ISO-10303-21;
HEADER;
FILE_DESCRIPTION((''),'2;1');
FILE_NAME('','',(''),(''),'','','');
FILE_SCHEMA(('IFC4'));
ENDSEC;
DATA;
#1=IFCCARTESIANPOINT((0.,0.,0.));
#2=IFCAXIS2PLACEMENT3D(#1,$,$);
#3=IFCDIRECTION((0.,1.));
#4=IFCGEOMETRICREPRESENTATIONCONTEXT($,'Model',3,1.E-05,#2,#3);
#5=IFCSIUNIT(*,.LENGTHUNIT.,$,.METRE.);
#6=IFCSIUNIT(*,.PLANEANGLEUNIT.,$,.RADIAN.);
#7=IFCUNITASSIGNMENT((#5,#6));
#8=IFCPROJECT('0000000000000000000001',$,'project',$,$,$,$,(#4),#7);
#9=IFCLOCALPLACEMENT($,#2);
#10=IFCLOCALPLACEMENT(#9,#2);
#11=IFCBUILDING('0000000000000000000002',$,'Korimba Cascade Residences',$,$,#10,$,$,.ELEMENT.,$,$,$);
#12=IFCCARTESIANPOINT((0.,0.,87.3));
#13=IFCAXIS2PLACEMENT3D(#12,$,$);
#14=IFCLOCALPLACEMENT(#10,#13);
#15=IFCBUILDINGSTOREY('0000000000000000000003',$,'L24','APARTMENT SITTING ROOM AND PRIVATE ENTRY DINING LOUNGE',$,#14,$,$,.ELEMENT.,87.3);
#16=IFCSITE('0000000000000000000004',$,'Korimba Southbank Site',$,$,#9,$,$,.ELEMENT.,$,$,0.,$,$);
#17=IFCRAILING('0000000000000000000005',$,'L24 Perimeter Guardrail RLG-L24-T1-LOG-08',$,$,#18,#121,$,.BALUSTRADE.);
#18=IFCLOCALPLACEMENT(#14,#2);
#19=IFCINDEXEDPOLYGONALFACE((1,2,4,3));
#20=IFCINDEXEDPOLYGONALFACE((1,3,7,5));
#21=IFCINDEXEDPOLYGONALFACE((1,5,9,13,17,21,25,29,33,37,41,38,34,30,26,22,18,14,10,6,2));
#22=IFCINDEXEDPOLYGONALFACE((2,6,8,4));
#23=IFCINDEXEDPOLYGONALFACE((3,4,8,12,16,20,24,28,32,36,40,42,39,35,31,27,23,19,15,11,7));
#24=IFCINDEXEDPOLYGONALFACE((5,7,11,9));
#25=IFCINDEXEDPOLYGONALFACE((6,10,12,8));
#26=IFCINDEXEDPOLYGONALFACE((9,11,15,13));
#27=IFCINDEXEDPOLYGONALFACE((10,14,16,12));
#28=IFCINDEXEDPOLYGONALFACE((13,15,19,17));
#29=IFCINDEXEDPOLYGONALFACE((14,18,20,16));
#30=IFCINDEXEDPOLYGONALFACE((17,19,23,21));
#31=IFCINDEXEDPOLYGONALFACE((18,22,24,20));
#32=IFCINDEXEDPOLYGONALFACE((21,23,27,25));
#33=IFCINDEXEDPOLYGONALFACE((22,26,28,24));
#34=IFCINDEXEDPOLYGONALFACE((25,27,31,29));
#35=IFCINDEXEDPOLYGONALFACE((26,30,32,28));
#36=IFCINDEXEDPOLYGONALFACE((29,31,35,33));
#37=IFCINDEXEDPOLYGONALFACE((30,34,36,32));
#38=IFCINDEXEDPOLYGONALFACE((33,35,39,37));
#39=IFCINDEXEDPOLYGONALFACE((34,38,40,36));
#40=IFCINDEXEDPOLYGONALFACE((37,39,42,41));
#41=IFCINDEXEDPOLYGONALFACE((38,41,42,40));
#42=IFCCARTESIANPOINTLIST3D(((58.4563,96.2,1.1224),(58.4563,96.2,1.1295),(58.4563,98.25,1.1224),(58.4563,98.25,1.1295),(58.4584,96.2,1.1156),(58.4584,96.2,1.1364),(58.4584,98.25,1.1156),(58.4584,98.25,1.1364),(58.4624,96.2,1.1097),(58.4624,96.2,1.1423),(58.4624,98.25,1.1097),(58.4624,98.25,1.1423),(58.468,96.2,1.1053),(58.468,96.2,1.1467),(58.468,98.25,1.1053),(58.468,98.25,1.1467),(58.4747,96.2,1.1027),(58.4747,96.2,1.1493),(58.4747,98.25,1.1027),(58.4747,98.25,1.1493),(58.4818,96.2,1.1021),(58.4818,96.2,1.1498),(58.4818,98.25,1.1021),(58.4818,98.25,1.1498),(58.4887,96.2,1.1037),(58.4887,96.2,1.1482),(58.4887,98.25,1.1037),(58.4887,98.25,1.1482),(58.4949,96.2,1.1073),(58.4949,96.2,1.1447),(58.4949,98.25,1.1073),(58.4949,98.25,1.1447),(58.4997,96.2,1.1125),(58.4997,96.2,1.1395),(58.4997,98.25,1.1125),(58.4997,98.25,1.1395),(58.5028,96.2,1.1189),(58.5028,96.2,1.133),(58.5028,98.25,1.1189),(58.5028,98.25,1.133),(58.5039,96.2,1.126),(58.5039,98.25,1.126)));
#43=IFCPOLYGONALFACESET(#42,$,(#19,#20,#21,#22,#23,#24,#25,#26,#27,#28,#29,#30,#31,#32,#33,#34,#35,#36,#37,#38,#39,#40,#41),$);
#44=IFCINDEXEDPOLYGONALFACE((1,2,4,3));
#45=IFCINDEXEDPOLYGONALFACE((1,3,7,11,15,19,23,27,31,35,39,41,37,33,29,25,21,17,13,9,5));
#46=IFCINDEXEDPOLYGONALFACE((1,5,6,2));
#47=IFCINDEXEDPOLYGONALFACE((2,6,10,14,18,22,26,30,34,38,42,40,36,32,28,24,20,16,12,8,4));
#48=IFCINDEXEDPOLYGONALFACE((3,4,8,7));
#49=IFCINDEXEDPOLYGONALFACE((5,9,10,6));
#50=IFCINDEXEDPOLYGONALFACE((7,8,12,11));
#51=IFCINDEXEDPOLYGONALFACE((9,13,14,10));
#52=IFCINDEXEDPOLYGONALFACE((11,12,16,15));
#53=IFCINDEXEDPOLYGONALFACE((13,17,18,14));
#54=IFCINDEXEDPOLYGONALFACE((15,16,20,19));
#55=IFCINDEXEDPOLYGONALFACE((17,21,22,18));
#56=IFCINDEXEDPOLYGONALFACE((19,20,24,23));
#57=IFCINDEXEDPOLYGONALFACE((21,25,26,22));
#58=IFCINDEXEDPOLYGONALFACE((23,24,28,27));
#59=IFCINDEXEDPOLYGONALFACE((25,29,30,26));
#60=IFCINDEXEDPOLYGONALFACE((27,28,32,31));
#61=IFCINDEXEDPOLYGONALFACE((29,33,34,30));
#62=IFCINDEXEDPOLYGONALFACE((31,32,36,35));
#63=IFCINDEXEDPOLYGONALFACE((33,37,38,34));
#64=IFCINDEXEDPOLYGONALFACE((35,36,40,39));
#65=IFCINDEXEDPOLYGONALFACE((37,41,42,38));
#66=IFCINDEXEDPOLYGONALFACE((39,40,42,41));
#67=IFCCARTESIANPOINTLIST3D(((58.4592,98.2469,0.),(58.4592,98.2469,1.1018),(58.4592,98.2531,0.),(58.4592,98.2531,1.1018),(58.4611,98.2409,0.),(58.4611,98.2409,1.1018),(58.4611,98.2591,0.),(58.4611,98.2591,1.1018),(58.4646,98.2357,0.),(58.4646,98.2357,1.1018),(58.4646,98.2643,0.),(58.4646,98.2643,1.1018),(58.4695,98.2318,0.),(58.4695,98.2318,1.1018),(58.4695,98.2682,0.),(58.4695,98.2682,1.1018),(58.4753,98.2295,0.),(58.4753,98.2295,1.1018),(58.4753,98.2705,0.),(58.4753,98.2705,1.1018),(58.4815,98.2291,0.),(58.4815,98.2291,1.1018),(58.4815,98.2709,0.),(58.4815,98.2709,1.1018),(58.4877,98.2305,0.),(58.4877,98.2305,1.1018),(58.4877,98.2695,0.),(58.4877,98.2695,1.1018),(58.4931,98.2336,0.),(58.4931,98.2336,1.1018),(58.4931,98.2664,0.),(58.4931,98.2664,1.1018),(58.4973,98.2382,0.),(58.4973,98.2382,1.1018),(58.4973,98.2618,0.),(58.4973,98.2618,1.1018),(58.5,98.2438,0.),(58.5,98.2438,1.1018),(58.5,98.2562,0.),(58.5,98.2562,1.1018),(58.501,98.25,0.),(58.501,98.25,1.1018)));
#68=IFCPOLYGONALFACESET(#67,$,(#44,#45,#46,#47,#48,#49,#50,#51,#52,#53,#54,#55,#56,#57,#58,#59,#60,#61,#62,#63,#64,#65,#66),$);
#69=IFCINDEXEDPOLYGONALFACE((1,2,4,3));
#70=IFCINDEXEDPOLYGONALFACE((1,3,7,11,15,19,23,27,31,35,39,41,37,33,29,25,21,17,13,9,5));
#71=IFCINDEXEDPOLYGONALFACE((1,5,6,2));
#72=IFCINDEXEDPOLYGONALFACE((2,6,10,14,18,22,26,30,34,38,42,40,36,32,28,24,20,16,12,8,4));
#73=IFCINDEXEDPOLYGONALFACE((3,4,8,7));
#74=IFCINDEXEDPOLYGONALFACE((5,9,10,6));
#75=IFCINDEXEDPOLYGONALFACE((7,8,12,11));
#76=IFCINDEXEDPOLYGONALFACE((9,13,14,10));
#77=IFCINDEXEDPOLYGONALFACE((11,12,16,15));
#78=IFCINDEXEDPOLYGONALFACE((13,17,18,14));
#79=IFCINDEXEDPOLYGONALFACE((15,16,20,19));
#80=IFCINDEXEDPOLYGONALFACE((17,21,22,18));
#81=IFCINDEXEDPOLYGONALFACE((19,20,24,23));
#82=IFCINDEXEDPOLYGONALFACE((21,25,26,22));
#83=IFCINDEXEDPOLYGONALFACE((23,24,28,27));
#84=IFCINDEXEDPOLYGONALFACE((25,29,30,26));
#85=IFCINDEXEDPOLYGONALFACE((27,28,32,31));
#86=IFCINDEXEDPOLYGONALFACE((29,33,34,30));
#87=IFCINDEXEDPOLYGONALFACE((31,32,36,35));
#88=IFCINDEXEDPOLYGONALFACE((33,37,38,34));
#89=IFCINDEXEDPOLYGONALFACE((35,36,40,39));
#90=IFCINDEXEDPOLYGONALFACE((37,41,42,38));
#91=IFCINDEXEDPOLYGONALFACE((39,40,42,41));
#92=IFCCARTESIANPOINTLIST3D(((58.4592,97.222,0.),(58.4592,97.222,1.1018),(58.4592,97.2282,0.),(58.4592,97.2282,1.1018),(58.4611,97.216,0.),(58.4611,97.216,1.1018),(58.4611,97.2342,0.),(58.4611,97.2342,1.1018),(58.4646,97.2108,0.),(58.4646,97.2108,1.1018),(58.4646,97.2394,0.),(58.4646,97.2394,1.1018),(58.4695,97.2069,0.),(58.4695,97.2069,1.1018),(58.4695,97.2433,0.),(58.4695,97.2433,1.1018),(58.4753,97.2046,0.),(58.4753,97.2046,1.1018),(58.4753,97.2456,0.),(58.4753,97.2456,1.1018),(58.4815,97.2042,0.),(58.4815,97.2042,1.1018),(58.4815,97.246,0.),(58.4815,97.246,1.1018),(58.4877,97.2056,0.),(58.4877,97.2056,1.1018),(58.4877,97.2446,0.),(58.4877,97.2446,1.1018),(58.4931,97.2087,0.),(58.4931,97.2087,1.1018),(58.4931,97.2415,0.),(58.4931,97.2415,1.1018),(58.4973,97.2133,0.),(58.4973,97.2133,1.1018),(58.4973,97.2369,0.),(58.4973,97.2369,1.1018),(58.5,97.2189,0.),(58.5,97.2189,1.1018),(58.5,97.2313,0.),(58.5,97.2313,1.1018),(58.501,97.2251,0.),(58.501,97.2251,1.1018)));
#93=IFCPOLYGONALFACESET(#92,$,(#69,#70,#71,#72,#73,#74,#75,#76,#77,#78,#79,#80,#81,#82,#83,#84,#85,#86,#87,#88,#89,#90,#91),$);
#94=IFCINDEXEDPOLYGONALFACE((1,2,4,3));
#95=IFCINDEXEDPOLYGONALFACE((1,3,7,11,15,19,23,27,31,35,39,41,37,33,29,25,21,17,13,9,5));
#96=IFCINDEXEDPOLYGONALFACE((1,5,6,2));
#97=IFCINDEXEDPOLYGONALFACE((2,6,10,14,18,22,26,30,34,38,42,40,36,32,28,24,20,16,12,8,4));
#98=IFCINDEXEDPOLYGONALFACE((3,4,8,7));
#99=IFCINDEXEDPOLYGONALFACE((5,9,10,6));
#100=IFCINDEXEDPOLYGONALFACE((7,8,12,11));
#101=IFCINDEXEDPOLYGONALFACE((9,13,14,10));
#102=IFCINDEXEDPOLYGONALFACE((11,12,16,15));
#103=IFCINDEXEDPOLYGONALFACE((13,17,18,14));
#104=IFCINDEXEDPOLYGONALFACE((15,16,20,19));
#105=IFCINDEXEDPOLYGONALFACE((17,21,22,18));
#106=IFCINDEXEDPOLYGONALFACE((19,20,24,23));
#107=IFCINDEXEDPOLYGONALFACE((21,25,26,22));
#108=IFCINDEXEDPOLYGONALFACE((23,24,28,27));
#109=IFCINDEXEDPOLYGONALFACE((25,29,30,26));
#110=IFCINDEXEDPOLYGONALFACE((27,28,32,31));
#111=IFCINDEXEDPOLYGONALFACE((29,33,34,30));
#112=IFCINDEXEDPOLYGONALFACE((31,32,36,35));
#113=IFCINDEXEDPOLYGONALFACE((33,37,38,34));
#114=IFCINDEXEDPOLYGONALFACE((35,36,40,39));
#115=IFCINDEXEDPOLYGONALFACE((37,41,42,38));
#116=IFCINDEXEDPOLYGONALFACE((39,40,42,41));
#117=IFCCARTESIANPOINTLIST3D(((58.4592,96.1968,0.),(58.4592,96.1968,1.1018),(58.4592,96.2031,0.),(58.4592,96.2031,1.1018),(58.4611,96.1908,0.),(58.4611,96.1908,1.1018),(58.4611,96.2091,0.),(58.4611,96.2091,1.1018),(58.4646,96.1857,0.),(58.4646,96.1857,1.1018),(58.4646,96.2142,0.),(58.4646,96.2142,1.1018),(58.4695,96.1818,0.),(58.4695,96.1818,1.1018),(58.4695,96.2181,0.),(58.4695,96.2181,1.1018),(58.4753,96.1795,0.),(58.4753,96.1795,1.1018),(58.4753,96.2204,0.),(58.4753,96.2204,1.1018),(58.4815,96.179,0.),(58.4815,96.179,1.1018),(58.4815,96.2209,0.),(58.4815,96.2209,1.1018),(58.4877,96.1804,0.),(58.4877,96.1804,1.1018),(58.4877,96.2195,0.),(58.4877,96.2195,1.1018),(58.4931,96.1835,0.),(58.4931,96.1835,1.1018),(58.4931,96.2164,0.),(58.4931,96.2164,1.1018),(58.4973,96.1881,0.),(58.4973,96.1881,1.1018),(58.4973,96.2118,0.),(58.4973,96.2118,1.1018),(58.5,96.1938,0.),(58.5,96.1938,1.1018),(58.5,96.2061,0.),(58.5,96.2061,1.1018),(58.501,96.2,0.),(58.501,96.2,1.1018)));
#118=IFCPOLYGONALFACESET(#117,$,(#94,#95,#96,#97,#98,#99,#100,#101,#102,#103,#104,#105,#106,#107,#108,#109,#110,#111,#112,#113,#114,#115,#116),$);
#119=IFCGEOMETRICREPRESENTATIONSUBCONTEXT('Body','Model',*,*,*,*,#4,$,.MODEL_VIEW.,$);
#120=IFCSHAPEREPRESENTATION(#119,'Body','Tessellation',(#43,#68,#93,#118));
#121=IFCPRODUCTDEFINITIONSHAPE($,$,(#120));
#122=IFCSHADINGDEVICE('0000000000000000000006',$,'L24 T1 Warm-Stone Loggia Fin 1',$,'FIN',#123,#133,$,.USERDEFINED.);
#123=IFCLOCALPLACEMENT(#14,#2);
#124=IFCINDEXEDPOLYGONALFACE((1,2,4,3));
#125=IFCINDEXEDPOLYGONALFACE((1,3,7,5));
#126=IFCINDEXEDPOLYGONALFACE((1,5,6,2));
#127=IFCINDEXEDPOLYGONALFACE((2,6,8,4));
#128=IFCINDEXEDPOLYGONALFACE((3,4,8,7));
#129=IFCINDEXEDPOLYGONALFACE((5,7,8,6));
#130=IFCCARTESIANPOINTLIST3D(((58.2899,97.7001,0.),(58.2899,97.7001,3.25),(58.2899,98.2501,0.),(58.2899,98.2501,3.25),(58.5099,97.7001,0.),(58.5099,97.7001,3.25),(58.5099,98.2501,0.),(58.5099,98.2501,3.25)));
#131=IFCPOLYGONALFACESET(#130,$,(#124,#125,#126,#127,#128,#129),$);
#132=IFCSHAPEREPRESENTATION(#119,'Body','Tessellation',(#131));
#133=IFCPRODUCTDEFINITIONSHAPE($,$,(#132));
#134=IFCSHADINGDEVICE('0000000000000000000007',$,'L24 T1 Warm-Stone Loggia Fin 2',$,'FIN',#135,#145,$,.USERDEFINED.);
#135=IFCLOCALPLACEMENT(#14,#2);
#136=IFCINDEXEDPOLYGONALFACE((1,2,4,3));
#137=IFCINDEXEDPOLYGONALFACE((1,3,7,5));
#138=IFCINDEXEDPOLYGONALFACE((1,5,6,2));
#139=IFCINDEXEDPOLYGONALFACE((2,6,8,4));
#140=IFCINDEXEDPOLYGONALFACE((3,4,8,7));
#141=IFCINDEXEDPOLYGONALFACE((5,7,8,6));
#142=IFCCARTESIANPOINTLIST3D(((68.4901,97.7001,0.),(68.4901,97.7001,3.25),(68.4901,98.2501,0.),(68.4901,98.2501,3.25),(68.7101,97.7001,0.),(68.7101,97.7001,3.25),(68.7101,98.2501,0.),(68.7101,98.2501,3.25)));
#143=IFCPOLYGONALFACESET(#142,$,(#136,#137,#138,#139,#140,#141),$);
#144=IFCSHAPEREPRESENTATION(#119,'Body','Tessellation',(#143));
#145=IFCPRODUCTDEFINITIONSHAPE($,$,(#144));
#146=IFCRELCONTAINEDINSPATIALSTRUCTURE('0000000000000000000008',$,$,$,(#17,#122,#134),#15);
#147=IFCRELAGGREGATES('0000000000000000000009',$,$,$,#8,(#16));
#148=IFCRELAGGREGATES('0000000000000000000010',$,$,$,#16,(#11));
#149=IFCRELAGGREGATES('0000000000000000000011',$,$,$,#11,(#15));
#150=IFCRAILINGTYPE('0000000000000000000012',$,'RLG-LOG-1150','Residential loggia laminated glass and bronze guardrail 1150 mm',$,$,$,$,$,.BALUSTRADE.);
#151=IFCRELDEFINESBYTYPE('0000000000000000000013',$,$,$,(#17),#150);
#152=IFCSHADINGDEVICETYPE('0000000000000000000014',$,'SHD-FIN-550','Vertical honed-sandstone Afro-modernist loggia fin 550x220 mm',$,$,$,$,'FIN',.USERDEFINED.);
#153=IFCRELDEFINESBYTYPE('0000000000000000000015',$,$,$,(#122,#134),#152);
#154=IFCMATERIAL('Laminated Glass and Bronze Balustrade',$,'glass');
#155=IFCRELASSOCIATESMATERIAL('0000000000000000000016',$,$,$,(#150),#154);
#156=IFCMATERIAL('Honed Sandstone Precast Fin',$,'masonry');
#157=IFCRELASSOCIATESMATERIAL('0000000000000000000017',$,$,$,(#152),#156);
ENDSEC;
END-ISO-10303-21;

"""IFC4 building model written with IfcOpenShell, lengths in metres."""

from ifc_helpers import new_model, si_unit, direction, frame, origin, origin_2d, place, context, subcontext, project, spatial, rectangle, circle, extrude, material, type_object, element, save


model = new_model("IFC4")

# Units and contexts
model_context = context("Model", 3, precision=1e-05, world=origin(), true_north=direction((0.0, 1.0)))
body_context = subcontext(model_context, "Body", "Model", "MODEL_VIEW")
ifc_project = project(units=[si_unit("LENGTHUNIT", "METRE"), si_unit("PLANEANGLEUNIT", "RADIAN")], contexts=[model_context])

# Site, building, storey
site_placement = place(None, origin())
site = spatial("IfcSite", under=ifc_project, at=site_placement, Name="Korimba Southbank Site", CompositionType="ELEMENT", RefElevation=0.0)
building_placement = place(site_placement, origin())
building = spatial("IfcBuilding", under=site, at=building_placement, Name="Korimba Cascade Residences", CompositionType="ELEMENT")
storey_placement = place(building_placement, frame((0.0, 0.0, 87.3)))
storey = spatial("IfcBuildingStorey", under=building, at=storey_placement, Name="L24", Description="APARTMENT SITTING ROOM AND PRIVATE ENTRY DINING LOUNGE", CompositionType="ELEMENT", Elevation=87.3)

# Railing
ifc_material_1 = material(Name="Laminated Glass and Bronze Balustrade", Category="glass")
railing_type = type_object("IfcRailingType", Name="RLG-LOG-1150", Description="Residential loggia laminated glass and bronze guardrail 1150 mm", PredefinedType="BALUSTRADE", material=ifc_material_1)
railing_1_placement = place(storey_placement, frame((58.48, 98.25, 0.0)))
element("IfcRailing", 1, at=railing_1_placement, inside=storey, type_object=railing_type, Name="L24 Perimeter Guardrail RLG-L24-T1-LOG-08", PredefinedType="BALUSTRADE", context=body_context, shape_type="SweptSolid", body=[
    extrude(circle(Radius=0.0239, at=origin_2d()), frame((0.0, 0.0, 1.126), z_axis=(0.0, -1.0, 0.0), x_axis=(1.0, 0.0, 0.0)), (0.0, 0.0, 1.0), 2.05),
    extrude(circle(Radius=0.021, at=origin_2d()), origin(), (0.0, 0.0, 1.0), 1.1018),
    extrude(circle(Radius=0.021, at=origin_2d()), frame((0.0, -1.0249, 0.0)), (0.0, 0.0, 1.0), 1.1018),
    extrude(circle(Radius=0.021, at=origin_2d()), frame((0.0, -2.05, 0.0)), (0.0, 0.0, 1.0), 1.1018),
])

# Shading devices
ifc_material_2 = material(Name="Honed Sandstone Precast Fin", Category="masonry")
shading_device_type = type_object("IfcShadingDeviceType", Name="SHD-FIN-550", Description="Vertical honed-sandstone Afro-modernist loggia fin 550x220 mm", ElementType="FIN", PredefinedType="USERDEFINED", material=ifc_material_2)
for number, where, z_axis, x_axis, name in (
    (2, (58.3999, 97.9751, 0.0), (0.0, 0.0, 1.0), (1.0, 0.0, 0.0), "L24 T1 Warm-Stone Loggia Fin 1"),
    (3, (68.6001, 97.9751, 0.0), (0.0, 0.0, 1.0), (1.0, 0.0, 0.0), "L24 T1 Warm-Stone Loggia Fin 2"),
):
    element("IfcShadingDevice", number, at=place(storey_placement, frame(where, z_axis=z_axis, x_axis=x_axis)), inside=storey, type_object=shading_device_type, Name=name, ObjectType="FIN", PredefinedType="USERDEFINED", context=body_context, shape_type="SweptSolid", body=[
        extrude(rectangle(XDim=0.22, YDim=0.55, at=origin_2d()), origin(), (0.0, 0.0, 1.0), 3.25),
    ])

save(model, "model.ifc")
